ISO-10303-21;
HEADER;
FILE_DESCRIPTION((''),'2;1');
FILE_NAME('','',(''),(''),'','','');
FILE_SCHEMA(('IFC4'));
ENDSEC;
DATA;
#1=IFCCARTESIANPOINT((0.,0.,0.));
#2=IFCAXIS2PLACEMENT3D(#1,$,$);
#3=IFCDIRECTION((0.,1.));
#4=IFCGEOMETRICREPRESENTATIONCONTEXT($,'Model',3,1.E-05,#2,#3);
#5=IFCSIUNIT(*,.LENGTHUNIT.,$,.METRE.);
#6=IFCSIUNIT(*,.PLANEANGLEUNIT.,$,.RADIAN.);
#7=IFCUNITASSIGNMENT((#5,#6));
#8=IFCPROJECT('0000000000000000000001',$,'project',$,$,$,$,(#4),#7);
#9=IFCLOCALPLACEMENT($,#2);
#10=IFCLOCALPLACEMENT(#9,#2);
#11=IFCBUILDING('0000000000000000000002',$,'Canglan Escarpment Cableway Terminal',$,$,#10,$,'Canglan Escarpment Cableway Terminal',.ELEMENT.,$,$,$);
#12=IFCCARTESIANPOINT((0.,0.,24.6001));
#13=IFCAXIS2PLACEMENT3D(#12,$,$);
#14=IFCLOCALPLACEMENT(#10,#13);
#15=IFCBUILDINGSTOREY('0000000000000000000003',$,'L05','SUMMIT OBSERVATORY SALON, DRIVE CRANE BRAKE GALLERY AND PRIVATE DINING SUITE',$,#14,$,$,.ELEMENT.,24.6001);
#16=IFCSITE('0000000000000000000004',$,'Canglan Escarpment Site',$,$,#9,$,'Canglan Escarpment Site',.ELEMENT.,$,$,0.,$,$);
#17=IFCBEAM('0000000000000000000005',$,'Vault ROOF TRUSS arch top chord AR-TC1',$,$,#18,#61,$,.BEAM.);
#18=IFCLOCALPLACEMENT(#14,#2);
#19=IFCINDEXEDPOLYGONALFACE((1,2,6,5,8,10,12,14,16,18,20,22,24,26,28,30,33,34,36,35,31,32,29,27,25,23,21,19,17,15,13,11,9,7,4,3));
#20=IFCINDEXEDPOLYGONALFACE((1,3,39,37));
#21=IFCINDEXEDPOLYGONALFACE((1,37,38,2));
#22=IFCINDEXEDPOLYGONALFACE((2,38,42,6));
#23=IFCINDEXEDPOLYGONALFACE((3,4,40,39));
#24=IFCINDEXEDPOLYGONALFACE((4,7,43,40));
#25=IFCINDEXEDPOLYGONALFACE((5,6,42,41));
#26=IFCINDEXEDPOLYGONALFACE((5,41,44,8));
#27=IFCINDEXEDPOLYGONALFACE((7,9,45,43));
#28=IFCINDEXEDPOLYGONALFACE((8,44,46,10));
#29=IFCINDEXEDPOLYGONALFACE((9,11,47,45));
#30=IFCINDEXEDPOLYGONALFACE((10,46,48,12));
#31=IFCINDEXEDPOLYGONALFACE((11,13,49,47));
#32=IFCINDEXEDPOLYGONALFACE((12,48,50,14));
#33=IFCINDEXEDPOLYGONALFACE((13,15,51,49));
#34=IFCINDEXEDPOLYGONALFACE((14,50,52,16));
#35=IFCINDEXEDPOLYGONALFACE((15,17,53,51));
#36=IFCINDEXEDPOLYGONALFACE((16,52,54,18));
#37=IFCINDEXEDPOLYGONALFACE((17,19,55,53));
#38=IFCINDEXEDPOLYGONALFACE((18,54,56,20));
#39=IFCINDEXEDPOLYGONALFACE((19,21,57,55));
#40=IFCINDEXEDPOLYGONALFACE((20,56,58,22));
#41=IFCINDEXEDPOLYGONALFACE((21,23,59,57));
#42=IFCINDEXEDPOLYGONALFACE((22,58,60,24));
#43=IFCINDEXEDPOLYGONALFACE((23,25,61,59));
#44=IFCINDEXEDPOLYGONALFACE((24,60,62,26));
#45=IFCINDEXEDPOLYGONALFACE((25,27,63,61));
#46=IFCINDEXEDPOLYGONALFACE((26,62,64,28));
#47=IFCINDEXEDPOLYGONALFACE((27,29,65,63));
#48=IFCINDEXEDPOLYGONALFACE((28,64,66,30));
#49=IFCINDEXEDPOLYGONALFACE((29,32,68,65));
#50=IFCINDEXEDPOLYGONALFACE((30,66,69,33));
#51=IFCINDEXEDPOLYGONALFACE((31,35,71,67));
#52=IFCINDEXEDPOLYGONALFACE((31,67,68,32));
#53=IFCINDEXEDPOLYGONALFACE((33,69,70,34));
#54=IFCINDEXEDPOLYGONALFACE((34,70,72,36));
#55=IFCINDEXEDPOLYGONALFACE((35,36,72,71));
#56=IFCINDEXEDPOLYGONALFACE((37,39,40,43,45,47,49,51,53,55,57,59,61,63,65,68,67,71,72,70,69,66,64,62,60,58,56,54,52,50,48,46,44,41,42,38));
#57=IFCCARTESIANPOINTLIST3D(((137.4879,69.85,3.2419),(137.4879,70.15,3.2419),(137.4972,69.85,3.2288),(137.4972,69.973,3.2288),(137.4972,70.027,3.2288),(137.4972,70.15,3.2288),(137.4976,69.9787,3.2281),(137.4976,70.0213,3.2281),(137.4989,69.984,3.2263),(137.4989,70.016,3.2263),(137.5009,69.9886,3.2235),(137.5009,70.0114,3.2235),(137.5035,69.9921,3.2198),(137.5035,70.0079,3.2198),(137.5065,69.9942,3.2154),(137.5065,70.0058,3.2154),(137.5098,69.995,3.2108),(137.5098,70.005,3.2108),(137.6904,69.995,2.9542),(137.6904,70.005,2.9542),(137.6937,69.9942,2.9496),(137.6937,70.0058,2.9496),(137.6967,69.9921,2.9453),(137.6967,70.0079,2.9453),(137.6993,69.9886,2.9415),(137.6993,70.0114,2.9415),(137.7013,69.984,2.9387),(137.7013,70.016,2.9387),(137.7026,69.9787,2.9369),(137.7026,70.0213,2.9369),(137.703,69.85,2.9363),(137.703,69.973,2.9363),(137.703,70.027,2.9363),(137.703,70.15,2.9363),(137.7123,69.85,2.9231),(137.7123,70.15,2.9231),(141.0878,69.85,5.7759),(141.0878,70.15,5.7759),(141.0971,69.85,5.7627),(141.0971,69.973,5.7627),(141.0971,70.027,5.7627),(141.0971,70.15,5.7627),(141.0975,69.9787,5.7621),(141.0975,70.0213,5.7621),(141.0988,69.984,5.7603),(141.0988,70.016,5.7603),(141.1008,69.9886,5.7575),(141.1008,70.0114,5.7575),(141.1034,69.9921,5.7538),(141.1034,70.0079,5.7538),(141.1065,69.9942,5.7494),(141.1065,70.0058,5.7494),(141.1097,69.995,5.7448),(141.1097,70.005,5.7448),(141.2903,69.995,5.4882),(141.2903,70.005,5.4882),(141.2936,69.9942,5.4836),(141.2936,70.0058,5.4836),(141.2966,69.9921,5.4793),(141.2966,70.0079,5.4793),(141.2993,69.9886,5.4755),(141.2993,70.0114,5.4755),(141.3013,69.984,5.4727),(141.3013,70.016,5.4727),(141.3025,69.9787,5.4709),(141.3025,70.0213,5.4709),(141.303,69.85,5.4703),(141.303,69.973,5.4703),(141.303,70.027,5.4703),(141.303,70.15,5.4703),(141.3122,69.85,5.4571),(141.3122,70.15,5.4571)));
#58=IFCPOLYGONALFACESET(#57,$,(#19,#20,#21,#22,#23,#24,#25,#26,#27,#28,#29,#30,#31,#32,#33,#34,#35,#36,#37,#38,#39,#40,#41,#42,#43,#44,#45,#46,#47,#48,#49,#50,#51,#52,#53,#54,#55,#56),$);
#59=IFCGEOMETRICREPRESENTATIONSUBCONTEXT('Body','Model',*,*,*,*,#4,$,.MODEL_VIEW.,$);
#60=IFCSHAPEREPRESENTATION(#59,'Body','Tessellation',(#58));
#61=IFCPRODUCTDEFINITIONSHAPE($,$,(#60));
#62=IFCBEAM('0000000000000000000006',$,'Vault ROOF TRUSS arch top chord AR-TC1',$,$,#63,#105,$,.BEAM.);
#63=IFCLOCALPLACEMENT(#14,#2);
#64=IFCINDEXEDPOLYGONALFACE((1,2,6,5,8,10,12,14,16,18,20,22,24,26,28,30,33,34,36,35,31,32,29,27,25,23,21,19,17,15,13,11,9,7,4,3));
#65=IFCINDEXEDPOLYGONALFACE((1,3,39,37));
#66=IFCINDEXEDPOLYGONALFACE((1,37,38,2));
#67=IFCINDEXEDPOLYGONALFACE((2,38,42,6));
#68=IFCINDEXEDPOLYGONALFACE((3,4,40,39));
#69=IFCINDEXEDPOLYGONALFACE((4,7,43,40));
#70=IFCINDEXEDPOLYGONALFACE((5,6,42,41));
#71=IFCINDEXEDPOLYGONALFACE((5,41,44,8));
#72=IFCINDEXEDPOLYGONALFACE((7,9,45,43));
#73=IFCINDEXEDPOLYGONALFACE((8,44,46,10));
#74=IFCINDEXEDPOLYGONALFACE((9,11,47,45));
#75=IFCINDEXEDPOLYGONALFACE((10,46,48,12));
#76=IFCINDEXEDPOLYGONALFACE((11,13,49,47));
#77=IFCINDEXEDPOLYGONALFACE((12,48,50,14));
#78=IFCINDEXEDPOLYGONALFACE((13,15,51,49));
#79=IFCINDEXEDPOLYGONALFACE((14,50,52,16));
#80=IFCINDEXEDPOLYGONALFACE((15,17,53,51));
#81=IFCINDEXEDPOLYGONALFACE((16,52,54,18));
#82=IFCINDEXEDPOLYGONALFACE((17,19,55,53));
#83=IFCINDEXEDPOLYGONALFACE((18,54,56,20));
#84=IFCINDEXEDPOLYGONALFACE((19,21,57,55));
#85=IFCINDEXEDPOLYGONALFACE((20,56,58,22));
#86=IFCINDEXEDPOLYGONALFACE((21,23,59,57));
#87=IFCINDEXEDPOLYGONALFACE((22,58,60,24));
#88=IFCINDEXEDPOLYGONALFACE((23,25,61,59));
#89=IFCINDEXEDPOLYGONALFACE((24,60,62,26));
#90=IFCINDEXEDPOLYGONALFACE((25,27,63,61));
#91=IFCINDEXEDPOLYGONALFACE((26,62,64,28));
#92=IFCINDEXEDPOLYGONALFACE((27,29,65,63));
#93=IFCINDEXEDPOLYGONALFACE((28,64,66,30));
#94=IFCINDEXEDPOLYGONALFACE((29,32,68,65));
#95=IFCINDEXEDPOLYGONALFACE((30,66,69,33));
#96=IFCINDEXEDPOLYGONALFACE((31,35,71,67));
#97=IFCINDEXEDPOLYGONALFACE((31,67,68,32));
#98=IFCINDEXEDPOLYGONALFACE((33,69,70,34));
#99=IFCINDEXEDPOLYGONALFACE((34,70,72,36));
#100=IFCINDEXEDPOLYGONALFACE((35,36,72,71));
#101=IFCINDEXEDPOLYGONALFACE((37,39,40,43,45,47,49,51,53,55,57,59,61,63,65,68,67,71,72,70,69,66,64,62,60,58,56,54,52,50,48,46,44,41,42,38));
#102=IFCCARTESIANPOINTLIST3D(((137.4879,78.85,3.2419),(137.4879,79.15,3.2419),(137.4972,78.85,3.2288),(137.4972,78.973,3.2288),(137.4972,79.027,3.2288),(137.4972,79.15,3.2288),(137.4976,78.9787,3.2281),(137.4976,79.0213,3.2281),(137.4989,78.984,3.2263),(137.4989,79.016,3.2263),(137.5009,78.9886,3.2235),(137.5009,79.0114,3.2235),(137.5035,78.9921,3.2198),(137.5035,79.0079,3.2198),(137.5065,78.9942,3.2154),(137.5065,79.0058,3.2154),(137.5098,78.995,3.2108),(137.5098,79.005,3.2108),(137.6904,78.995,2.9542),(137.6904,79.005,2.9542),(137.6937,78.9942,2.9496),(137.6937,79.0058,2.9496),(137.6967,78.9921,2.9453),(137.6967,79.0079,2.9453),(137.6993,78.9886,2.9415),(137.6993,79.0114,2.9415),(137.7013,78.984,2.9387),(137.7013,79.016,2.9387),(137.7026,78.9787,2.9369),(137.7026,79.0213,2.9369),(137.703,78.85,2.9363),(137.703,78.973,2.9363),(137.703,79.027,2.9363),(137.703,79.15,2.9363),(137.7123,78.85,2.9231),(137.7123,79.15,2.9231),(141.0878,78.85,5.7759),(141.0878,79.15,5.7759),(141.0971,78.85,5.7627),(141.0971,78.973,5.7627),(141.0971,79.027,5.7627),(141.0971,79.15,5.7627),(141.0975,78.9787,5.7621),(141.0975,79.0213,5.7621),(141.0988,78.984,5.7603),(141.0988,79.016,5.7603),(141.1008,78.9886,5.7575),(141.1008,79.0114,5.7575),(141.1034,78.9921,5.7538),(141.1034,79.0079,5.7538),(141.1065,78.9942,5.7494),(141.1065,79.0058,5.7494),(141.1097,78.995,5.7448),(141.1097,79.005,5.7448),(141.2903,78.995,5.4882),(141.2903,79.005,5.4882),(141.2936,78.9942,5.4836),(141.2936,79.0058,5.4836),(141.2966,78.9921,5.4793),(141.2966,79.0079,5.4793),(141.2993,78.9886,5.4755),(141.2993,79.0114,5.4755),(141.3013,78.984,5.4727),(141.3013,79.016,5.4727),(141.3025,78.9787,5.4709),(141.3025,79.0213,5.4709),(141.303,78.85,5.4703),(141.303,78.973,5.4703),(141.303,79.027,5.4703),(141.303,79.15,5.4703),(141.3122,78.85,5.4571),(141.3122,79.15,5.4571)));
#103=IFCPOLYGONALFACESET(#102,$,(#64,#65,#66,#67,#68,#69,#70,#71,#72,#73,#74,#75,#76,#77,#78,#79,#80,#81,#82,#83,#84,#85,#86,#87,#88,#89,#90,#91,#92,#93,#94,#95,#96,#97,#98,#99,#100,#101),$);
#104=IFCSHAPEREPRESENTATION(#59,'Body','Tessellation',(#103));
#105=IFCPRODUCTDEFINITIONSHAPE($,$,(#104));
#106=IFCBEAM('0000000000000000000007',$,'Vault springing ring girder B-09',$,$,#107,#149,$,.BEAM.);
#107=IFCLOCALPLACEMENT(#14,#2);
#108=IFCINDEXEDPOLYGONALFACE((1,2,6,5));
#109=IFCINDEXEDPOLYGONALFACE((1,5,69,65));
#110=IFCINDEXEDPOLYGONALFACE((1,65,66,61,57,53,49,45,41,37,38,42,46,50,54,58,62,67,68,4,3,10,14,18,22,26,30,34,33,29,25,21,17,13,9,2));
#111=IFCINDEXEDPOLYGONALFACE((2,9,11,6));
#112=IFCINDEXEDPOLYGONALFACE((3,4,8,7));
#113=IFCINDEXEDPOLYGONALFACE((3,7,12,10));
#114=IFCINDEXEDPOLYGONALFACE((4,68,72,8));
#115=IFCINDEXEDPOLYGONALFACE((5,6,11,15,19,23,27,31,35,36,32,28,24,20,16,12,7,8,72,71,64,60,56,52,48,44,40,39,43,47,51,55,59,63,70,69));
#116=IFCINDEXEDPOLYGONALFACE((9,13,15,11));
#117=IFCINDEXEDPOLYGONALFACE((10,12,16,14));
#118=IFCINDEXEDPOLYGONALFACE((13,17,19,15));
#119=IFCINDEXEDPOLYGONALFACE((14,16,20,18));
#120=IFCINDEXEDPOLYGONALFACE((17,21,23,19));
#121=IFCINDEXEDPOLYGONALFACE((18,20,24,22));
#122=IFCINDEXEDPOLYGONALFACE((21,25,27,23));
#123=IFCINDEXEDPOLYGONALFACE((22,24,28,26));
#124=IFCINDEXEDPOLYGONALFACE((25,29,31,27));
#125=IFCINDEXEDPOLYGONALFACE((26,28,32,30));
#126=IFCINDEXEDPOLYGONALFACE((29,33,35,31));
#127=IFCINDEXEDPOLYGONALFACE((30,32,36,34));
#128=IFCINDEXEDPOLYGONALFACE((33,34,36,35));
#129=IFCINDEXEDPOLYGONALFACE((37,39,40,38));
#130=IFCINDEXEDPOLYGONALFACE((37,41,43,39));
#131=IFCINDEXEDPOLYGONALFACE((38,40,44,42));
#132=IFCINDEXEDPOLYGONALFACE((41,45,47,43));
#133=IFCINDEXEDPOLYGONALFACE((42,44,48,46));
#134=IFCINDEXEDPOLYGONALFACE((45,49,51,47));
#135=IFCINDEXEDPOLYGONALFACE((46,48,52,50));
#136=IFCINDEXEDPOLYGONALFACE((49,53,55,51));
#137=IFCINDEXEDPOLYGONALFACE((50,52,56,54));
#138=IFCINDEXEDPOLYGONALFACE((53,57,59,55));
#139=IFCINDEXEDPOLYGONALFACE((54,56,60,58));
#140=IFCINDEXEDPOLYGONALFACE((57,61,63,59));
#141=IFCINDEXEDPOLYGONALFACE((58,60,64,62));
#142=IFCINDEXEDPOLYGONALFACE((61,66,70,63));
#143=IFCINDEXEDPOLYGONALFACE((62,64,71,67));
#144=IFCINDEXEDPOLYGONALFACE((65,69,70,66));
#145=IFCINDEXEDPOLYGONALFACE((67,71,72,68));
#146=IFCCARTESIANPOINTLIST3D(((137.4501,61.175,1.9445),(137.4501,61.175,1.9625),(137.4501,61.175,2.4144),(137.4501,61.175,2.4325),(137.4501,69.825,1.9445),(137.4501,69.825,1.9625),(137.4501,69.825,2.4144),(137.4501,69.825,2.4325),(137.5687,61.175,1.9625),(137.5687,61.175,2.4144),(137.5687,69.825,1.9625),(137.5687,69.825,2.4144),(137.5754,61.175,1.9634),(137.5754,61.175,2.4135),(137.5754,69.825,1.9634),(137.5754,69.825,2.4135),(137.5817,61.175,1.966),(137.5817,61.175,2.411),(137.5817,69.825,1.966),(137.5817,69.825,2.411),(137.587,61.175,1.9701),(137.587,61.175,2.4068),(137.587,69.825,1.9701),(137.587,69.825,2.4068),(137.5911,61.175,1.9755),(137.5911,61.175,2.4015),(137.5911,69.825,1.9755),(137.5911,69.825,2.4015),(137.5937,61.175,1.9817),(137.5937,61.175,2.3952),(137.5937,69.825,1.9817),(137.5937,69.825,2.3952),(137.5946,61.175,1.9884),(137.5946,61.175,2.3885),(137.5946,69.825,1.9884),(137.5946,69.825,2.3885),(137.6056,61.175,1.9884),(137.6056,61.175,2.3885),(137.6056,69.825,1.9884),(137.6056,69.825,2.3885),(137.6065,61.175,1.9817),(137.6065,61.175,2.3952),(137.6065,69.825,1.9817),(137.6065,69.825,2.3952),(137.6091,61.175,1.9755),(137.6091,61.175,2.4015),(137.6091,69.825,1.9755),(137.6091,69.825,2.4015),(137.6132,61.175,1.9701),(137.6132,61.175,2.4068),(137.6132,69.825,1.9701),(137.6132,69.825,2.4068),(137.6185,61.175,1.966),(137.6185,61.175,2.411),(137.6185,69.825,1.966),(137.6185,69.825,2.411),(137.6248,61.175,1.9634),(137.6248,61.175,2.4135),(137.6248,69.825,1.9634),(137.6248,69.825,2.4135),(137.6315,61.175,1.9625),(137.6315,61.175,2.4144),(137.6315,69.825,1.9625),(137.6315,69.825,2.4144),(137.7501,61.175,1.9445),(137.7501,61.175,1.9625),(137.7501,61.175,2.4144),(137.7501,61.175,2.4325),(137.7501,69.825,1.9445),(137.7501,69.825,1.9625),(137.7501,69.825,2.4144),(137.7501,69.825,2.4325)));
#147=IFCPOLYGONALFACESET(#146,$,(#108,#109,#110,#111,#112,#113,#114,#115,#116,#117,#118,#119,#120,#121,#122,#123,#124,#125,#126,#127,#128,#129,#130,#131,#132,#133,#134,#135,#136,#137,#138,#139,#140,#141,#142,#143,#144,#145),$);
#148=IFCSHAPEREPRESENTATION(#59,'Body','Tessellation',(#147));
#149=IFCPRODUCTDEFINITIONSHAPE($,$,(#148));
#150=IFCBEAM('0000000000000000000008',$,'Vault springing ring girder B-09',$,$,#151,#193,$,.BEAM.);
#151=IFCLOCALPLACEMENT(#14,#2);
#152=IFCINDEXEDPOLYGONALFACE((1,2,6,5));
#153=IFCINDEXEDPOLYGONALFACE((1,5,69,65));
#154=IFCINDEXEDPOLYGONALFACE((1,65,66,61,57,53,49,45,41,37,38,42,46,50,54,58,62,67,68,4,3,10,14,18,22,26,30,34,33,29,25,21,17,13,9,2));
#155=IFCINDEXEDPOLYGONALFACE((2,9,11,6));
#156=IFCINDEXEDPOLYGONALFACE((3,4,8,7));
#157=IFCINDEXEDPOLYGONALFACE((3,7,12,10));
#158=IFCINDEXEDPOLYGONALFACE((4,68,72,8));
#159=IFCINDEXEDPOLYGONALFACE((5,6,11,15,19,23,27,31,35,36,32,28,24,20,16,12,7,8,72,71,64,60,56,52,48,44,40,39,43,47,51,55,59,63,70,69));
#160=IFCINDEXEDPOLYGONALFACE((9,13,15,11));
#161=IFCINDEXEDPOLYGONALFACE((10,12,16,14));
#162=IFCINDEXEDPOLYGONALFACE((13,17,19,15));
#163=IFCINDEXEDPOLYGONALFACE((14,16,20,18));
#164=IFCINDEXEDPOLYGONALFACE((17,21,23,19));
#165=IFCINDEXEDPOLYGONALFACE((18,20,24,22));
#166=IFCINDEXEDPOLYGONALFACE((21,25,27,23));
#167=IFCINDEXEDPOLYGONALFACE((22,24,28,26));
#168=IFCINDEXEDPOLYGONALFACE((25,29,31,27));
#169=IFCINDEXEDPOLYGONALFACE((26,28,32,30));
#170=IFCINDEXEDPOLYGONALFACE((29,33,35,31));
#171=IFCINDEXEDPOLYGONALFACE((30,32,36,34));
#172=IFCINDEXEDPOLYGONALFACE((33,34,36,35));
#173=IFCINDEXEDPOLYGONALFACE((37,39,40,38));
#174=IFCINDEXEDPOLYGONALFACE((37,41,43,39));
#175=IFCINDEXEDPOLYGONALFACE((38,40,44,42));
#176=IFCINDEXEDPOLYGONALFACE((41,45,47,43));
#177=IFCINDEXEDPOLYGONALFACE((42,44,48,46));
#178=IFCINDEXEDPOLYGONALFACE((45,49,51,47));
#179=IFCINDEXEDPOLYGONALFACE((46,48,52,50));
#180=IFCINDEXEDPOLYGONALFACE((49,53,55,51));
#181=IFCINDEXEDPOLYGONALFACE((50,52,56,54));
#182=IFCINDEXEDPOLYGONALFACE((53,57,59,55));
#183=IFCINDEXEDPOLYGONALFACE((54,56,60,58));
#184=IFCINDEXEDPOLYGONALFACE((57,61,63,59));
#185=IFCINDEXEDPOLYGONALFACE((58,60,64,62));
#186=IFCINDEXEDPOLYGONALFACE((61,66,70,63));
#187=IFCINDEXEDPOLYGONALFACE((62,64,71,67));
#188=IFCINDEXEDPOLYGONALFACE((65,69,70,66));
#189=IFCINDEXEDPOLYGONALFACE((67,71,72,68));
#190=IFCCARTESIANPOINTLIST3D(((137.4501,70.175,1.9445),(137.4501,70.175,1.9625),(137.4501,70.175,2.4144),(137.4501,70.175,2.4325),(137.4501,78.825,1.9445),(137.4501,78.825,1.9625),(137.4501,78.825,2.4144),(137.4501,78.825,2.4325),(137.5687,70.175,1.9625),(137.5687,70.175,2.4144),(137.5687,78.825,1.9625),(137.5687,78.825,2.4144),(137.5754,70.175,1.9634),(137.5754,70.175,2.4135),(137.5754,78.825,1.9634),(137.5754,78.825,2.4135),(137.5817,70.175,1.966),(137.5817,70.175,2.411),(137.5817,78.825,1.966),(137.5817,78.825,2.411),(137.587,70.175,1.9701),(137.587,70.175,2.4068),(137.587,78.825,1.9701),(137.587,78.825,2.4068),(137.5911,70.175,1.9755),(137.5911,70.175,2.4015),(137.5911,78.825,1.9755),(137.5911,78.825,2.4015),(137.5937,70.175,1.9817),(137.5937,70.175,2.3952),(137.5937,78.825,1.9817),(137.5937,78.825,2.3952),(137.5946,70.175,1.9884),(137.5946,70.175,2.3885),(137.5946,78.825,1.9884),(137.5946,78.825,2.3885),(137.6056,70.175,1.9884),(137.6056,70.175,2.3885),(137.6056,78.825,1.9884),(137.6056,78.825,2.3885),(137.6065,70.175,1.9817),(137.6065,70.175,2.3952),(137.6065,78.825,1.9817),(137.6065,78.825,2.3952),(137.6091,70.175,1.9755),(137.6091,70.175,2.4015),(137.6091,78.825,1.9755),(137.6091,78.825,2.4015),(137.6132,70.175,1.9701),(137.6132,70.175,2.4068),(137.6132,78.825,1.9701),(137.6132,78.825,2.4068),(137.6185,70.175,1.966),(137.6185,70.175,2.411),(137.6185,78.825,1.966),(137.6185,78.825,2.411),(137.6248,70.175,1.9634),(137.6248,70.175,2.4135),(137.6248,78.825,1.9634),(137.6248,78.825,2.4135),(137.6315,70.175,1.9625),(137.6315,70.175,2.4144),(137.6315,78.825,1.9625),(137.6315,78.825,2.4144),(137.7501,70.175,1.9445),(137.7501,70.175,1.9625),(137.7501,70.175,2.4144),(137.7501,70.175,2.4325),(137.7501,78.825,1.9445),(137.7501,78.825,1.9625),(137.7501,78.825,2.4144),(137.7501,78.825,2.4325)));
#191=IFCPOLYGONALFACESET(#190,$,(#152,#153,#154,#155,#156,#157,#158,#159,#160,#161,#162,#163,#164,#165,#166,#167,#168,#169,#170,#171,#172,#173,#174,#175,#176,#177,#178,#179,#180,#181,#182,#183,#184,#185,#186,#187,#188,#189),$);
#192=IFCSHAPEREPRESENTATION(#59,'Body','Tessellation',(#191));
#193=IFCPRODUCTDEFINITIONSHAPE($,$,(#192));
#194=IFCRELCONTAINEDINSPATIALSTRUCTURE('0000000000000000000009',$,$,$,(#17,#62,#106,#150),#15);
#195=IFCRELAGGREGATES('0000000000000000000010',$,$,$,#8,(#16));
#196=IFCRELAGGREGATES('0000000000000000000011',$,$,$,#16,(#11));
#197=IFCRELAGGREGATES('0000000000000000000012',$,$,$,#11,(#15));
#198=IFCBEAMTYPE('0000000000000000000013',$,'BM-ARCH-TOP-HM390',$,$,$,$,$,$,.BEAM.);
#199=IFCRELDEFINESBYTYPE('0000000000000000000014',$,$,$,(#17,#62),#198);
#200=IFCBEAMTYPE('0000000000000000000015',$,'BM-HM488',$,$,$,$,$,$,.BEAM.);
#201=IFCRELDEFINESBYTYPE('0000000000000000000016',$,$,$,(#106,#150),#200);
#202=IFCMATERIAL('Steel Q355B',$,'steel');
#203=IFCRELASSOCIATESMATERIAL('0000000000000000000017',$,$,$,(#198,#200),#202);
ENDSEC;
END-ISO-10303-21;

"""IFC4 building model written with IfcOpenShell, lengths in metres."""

from ifc_helpers import new_model, si_unit, direction, frame, origin, origin_2d, place, context, subcontext, project, spatial, i_section, extrude, material, material_profile, profile_set, type_object, element, save


model = new_model("IFC4")

# Units and contexts
model_context = context("Model", 3, precision=1e-05, world=origin(), true_north=direction((0.0, 1.0)))
body_context = subcontext(model_context, "Body", "Model", "MODEL_VIEW")
ifc_project = project(units=[si_unit("LENGTHUNIT", "METRE"), si_unit("PLANEANGLEUNIT", "RADIAN")], contexts=[model_context])

# Site, building, storey
site_placement = place(None, origin())
site = spatial("IfcSite", under=ifc_project, at=site_placement, Name="Canglan Escarpment Site", LongName="Canglan Escarpment Site", CompositionType="ELEMENT", RefElevation=0.0)
building_placement = place(site_placement, origin())
building = spatial("IfcBuilding", under=site, at=building_placement, Name="Canglan Escarpment Cableway Terminal", LongName="Canglan Escarpment Cableway Terminal", CompositionType="ELEMENT")
storey_placement = place(building_placement, frame((0.0, 0.0, 24.6001)))
storey = spatial("IfcBuildingStorey", under=building, at=storey_placement, Name="L05", Description="SUMMIT OBSERVATORY SALON, DRIVE CRANE BRAKE GALLERY AND PRIVATE DINING SUITE", CompositionType="ELEMENT", Elevation=24.6001)

# Beams
ifc_material_1 = material(Name="Steel Q355B", Category="steel")
ifc_material_profile_1 = material_profile(ifc_material_1, i_section(OverallWidth=0.3, OverallDepth=0.3899, WebThickness=0.01, FlangeThickness=0.0161, FilletRadius=0.022, at=origin_2d()), Name="HM 390x300x10x16")
ifc_profile_set_1 = profile_set([ifc_material_profile_1], Name="Steel Q355B")
beam_type_1 = type_object("IfcBeamType", Name="BM-ARCH-TOP-HM390", PredefinedType="BEAM", material=ifc_profile_set_1)
for number, where, z_axis, x_axis, name in (
    (1, (137.6001, 70.0, 3.0825), (0.817731, 0.0, 0.575601), (0.0, 1.0, 0.0), "Vault ROOF TRUSS arch top chord AR-TC1"),
    (2, (137.6001, 79.0, 3.0825), (0.817731, 0.0, 0.575601), (0.0, 1.0, 0.0), "Vault ROOF TRUSS arch top chord AR-TC1"),
):
    element("IfcBeam", number, at=place(storey_placement, frame(where, z_axis=z_axis, x_axis=x_axis)), inside=storey, type_object=beam_type_1, Name=name, PredefinedType="BEAM", context=body_context, shape_type="SweptSolid", body=[
        extrude(i_section(OverallWidth=0.3, OverallDepth=0.3899, WebThickness=0.01, FlangeThickness=0.0161, FilletRadius=0.022, at=origin_2d()), origin(), (0.0, 0.0, 1.0), 4.4023),
    ])
ifc_material_profile_2 = material_profile(ifc_material_1, i_section(OverallWidth=0.3, OverallDepth=0.488, WebThickness=0.011, FlangeThickness=0.0181, FilletRadius=0.0259, at=origin_2d()), Name="HM 488x300x11x18")
ifc_profile_set_2 = profile_set([ifc_material_profile_2], Name="Steel Q355B")
beam_type_2 = type_object("IfcBeamType", Name="BM-HM488", PredefinedType="BEAM", material=ifc_profile_set_2)
for number, where, z_axis, x_axis, name in (
    (3, (137.6001, 61.175, 2.1885), (0.0, 1.0, 0.0), (-1.0, 0.0, 0.0), "Vault springing ring girder B-09"),
    (4, (137.6001, 70.175, 2.1885), (0.0, 1.0, 0.0), (-1.0, 0.0, 0.0), "Vault springing ring girder B-09"),
):
    element("IfcBeam", number, at=place(storey_placement, frame(where, z_axis=z_axis, x_axis=x_axis)), inside=storey, type_object=beam_type_2, Name=name, PredefinedType="BEAM", context=body_context, shape_type="SweptSolid", body=[
        extrude(i_section(OverallWidth=0.3, OverallDepth=0.488, WebThickness=0.011, FlangeThickness=0.0181, FilletRadius=0.0259, at=origin_2d()), origin(), (0.0, 0.0, 1.0), 8.6499),
    ])

save(model, "model.ifc")
